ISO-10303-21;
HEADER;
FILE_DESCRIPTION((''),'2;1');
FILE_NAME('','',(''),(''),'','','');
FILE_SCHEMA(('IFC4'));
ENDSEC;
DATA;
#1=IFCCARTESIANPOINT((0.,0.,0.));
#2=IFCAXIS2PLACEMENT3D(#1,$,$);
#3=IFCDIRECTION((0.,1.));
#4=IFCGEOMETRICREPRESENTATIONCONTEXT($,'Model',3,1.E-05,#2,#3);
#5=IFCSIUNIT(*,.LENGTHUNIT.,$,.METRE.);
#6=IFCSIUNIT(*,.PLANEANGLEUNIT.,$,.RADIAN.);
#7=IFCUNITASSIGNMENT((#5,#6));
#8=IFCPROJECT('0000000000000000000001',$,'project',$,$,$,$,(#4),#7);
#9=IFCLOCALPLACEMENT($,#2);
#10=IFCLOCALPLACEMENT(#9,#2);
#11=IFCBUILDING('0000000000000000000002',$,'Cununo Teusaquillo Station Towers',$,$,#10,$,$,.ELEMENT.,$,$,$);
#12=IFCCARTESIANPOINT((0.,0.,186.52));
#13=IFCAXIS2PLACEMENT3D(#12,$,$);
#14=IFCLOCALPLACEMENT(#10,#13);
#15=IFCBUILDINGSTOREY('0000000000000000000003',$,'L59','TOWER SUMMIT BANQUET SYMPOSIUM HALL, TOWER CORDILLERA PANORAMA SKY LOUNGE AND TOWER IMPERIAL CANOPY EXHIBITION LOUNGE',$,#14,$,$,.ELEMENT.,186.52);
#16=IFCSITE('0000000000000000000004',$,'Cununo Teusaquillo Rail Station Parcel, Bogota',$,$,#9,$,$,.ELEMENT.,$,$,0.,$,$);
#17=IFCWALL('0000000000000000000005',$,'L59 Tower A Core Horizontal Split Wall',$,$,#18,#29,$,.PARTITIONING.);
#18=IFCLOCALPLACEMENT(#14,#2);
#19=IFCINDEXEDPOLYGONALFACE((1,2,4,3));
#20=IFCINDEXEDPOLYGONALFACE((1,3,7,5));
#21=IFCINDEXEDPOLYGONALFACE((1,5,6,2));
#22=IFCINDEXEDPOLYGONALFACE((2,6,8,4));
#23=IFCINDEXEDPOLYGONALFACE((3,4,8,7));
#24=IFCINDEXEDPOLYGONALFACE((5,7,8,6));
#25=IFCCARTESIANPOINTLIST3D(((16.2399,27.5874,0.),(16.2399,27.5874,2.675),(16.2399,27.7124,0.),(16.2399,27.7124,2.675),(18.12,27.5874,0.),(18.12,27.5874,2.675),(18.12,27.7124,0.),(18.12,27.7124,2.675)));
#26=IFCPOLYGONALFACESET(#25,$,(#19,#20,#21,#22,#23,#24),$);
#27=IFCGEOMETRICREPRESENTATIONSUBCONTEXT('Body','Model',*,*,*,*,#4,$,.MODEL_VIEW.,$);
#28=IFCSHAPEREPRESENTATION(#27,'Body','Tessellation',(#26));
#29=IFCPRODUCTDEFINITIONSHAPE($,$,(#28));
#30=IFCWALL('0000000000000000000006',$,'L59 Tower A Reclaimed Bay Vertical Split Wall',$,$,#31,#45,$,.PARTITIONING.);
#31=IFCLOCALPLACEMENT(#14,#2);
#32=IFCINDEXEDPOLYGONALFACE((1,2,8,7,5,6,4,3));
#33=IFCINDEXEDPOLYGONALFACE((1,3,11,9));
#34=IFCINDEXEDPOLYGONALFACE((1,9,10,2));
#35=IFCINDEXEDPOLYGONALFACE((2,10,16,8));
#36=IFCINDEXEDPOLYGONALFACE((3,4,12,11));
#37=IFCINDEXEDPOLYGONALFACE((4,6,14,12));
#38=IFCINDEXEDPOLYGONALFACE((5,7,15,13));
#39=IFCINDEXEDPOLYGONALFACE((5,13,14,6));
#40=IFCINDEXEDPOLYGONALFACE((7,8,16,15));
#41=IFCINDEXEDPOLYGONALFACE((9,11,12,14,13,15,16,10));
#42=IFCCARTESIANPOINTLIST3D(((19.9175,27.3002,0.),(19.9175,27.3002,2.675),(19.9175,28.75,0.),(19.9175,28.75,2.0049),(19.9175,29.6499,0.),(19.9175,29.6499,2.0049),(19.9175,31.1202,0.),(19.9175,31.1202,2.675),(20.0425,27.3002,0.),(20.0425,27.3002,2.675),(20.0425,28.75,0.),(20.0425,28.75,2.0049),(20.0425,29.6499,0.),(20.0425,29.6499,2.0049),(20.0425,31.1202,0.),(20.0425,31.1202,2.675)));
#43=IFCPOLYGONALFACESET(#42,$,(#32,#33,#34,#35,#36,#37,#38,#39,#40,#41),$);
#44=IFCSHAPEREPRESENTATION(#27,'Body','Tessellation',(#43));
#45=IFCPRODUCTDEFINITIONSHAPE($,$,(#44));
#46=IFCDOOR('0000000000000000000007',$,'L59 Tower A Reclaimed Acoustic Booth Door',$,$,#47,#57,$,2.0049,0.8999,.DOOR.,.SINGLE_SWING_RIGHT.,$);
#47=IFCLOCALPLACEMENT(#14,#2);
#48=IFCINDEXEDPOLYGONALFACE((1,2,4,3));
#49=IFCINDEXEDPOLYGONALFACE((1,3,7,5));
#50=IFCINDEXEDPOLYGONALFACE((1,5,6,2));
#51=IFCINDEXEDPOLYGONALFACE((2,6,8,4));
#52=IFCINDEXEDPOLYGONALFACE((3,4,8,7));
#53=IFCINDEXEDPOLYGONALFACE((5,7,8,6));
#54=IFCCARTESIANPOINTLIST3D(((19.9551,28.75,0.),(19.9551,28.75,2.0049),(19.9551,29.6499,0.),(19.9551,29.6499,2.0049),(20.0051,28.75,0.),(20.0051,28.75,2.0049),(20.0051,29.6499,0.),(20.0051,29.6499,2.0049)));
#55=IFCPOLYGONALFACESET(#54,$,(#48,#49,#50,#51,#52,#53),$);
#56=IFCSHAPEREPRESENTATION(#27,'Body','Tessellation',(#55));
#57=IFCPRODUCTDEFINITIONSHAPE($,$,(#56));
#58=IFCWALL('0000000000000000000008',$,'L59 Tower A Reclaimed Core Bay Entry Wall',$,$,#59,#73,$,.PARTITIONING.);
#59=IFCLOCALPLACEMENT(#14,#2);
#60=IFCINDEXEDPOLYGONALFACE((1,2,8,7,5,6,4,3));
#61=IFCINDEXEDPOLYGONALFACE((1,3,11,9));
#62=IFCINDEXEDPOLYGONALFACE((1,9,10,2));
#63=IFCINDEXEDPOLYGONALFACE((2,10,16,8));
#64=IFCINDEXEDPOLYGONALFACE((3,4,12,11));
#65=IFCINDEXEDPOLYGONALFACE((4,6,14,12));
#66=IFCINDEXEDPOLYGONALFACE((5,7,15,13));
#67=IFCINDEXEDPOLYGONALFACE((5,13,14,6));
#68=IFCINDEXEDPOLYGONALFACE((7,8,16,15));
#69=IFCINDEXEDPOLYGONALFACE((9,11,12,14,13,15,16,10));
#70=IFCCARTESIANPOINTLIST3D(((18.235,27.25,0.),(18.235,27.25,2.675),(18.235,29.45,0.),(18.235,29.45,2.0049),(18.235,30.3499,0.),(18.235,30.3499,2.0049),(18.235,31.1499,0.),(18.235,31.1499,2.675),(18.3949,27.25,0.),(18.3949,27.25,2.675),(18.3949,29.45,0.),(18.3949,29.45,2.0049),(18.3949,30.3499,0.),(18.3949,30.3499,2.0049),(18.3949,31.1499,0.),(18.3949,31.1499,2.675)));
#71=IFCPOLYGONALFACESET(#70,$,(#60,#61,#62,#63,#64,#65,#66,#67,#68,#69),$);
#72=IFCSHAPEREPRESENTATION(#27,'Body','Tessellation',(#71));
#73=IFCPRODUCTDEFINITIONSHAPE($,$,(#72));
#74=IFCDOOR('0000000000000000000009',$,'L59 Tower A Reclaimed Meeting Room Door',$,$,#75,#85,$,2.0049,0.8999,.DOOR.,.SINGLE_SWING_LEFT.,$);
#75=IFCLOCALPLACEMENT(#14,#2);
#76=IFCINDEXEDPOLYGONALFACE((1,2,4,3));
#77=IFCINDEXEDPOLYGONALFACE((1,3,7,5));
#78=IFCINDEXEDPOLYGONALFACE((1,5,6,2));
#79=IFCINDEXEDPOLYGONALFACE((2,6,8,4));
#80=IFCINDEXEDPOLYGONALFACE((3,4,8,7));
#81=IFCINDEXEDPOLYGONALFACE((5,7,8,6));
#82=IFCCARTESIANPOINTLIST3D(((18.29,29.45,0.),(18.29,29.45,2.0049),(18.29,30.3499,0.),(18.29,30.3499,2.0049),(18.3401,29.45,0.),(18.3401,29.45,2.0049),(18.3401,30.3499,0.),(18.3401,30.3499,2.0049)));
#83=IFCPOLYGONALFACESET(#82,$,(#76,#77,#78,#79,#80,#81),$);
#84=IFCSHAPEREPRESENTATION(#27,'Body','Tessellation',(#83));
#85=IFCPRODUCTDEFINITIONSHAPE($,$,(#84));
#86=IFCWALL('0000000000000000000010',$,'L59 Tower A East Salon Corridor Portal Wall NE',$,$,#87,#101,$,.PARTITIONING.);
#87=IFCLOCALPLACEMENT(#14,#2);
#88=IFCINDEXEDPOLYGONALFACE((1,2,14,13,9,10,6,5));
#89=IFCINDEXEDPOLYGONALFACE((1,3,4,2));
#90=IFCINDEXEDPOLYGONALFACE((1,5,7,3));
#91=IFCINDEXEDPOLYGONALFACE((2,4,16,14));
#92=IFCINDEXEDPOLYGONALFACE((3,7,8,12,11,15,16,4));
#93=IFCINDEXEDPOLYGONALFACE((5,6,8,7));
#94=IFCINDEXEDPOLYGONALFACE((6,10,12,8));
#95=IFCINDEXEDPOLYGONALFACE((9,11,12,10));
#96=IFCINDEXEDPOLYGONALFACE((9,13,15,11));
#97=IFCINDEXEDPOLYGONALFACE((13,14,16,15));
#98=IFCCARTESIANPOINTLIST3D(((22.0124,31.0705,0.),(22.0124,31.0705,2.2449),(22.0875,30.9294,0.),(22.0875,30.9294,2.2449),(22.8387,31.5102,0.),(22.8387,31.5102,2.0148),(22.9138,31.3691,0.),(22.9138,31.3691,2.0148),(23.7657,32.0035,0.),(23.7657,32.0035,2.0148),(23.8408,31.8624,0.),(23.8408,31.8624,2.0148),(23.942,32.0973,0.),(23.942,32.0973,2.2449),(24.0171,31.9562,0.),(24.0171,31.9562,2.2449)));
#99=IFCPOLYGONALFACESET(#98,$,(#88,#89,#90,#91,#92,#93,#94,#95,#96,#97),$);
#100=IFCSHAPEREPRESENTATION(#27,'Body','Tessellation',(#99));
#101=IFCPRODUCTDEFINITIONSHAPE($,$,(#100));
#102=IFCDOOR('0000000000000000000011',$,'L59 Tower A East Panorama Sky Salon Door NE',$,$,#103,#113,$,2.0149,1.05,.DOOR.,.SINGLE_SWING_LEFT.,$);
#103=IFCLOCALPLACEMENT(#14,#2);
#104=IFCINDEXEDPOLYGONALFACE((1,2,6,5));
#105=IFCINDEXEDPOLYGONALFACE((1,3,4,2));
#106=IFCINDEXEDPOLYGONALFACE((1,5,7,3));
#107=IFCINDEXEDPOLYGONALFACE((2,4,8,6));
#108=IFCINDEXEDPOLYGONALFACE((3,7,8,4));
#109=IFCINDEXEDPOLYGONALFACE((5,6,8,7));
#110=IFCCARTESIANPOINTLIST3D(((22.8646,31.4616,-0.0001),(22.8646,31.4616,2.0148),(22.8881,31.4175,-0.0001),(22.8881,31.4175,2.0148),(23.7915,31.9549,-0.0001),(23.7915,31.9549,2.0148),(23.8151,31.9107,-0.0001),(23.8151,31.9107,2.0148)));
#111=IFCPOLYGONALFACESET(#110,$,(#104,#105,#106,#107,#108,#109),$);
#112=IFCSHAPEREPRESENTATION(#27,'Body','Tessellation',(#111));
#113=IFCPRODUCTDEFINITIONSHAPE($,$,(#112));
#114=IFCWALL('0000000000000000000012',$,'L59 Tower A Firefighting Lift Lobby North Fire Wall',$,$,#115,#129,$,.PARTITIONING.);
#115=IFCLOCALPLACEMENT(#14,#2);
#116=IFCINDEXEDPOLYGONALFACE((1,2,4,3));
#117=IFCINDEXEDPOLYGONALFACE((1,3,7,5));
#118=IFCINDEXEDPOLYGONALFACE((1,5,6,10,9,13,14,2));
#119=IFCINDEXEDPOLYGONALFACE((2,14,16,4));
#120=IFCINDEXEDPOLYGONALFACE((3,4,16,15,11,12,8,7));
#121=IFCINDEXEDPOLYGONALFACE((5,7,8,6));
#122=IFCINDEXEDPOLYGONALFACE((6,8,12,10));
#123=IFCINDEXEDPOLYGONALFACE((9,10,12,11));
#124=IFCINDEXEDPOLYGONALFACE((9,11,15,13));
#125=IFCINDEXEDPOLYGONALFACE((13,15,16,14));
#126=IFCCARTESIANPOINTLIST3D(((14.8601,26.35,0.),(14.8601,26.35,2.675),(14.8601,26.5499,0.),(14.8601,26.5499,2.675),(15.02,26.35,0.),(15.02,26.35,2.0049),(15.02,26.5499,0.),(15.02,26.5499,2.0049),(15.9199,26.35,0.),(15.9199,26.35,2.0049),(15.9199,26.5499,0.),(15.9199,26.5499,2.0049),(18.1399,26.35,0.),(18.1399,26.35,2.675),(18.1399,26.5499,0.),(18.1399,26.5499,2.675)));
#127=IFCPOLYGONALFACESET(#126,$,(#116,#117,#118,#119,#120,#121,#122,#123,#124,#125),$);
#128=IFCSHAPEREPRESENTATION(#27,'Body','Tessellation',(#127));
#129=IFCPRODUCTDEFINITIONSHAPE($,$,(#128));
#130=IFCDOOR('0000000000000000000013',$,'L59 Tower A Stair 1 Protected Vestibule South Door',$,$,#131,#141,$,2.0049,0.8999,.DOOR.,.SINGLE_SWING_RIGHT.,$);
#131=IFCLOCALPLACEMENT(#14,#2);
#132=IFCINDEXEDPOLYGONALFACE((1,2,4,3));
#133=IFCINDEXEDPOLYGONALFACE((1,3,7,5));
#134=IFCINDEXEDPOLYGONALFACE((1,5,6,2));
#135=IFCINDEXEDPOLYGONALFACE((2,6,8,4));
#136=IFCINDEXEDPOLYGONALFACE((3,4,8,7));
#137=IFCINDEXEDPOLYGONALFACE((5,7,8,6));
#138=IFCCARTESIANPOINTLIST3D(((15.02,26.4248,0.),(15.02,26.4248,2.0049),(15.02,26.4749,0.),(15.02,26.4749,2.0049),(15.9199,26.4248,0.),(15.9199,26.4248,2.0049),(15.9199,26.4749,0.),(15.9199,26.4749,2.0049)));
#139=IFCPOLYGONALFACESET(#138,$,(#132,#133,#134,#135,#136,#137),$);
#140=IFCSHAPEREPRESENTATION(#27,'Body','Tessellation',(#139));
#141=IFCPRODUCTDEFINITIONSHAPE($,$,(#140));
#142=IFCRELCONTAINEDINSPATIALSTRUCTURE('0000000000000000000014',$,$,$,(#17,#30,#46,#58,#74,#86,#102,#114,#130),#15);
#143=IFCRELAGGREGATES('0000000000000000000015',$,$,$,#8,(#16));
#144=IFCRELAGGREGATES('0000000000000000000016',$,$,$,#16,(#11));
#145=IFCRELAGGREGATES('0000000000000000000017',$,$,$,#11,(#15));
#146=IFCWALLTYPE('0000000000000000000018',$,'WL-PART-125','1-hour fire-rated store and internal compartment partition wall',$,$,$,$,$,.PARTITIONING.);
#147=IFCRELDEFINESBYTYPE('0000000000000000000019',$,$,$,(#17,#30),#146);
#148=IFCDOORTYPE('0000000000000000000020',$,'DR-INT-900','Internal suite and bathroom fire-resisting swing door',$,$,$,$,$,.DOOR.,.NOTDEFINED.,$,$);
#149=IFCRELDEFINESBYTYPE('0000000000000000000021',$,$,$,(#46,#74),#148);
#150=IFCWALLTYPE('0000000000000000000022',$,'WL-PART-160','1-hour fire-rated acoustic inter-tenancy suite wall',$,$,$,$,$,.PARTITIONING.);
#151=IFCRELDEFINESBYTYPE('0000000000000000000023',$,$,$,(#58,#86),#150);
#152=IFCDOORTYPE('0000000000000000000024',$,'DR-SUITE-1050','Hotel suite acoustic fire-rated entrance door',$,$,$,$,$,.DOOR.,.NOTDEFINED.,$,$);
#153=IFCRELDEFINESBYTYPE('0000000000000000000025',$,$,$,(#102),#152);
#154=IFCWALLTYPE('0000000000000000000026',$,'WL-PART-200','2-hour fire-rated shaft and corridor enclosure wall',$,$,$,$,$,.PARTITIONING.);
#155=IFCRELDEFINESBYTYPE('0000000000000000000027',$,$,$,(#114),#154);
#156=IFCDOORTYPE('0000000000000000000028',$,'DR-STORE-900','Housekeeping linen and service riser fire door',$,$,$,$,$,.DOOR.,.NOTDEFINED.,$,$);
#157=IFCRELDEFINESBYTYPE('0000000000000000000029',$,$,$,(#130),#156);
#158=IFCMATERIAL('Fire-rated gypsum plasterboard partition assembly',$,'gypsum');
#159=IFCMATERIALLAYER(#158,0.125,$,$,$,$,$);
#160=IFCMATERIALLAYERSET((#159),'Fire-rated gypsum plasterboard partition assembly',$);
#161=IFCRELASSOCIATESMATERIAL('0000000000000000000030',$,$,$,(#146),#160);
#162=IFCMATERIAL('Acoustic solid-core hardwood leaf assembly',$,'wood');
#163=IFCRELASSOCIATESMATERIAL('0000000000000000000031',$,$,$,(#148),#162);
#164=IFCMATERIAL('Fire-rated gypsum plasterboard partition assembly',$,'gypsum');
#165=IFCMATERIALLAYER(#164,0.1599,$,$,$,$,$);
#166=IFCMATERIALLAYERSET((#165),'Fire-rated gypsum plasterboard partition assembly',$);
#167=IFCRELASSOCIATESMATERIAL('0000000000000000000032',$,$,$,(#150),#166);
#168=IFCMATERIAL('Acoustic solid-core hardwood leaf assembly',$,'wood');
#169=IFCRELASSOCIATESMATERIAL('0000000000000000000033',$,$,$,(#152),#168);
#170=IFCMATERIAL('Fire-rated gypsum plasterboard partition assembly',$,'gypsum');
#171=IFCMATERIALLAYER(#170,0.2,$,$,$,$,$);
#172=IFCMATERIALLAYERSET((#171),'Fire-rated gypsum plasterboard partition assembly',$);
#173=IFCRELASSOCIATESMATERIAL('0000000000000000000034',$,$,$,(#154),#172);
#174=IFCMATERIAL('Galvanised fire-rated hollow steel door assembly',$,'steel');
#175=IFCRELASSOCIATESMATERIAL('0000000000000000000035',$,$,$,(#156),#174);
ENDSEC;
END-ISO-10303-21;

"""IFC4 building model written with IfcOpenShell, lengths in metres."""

from ifc_helpers import new_model, si_unit, direction, frame, frame_2d, origin, place, context, subcontext, project, spatial, rectangle, extrude, source, transform, mapped, material, layer, layer_set, type_object, element, fill, save


model = new_model("IFC4")

# Units and contexts
model_context = context("Model", 3, precision=1e-05, world=origin(), true_north=direction((0.0, 1.0)))
body_context = subcontext(model_context, "Body", "Model", "MODEL_VIEW")
ifc_project = project(units=[si_unit("LENGTHUNIT", "METRE"), si_unit("PLANEANGLEUNIT", "RADIAN")], contexts=[model_context])

# Site, building, storey
site_placement = place(None, origin())
site = spatial("IfcSite", under=ifc_project, at=site_placement, Name="Cununo Teusaquillo Rail Station Parcel, Bogota", CompositionType="ELEMENT", RefElevation=0.0)
building_placement = place(site_placement, origin())
building = spatial("IfcBuilding", under=site, at=building_placement, Name="Cununo Teusaquillo Station Towers", CompositionType="ELEMENT")
storey_placement = place(building_placement, frame((0.0, 0.0, 186.52)))
storey = spatial("IfcBuildingStorey", under=building, at=storey_placement, Name="L59", Description="TOWER SUMMIT BANQUET SYMPOSIUM HALL, TOWER CORDILLERA PANORAMA SKY LOUNGE AND TOWER IMPERIAL CANOPY EXHIBITION LOUNGE", CompositionType="ELEMENT", Elevation=186.52)

# Wall
ifc_material_1 = material(Name="Fire-rated gypsum plasterboard partition assembly", Category="gypsum")
ifc_layer_1 = layer(ifc_material_1, 0.125)
ifc_layer_set_1 = layer_set([ifc_layer_1], Name="Fire-rated gypsum plasterboard partition assembly")
wall_type_1 = type_object("IfcWallType", Name="WL-PART-125", Description="1-hour fire-rated store and internal compartment partition wall", PredefinedType="PARTITIONING", material=ifc_layer_set_1)
wall_1_placement = place(storey_placement, frame((16.24, 27.6499, 0.0), z_axis=(0.0, 0.0, 1.0), x_axis=(1.0, 0.0, 0.0)))
element("IfcWall", 1, at=wall_1_placement, inside=storey, type_object=wall_type_1, Name="L59 Tower A Core Horizontal Split Wall", PredefinedType="PARTITIONING", context=body_context, shape_type="SweptSolid", body=[
    extrude(rectangle(XDim=1.8801, YDim=0.125, at=frame_2d((0.9399, 0.0))), origin(), (0.0, 0.0, 1.0), 2.675),
])

# Walls, openings, doors
wall_2_placement = place(storey_placement, frame((19.98, 27.3, 0.0), z_axis=(0.0, 0.0, 1.0), x_axis=(0.0, 1.0, 0.0)))
wall_2 = element("IfcWall", 2, at=wall_2_placement, inside=storey, type_object=wall_type_1, Name="L59 Tower A Reclaimed Bay Vertical Split Wall", PredefinedType="PARTITIONING", context=body_context, shape_type="SweptSolid", body=[
    extrude(rectangle(XDim=3.8201, YDim=0.125, at=frame_2d((1.9102, 0.0))), origin(), (0.0, 0.0, 1.0), 2.675),
])
shared_shape_1 = source(origin(), body_context, "Body", "SweptSolid", [
    extrude(rectangle(XDim=0.8999, YDim=2.0049, at=frame_2d((0.45, 1.0024))), frame((0.0, 0.0725, 0.0), z_axis=(0.0, -1.0, 0.0), x_axis=(1.0, 0.0, 0.0)), (0.0, 0.0, 1.0), 0.145),
])
opening_1_placement = place(wall_2_placement, frame((1.45, 0.0, 0.0)))
opening_1 = element("IfcOpeningElement", 3, at=opening_1_placement, cuts=wall_2, PredefinedType="OPENING", context=body_context, shape_type="MappedRepresentation", body=[
    mapped(shared_shape_1, transform((0.0, 0.0, 0.0), x_axis=(1.0, 0.0, 0.0), y_axis=(0.0, 1.0, 0.0), z_axis=(0.0, 0.0, 1.0), scale=1.0)),
])
ifc_material_2 = material(Name="Acoustic solid-core hardwood leaf assembly", Category="wood")
door_type_1 = type_object("IfcDoorType", Name="DR-INT-900", Description="Internal suite and bathroom fire-resisting swing door", OperationType="NOTDEFINED", PredefinedType="DOOR", material=ifc_material_2)
shared_shape_2 = source(origin(), body_context, "Body", "SweptSolid", [
    extrude(rectangle(XDim=0.8999, YDim=2.0049, at=frame_2d((0.45, 1.0024))), frame((0.0, 0.0249, 0.0), z_axis=(0.0, -1.0, 0.0), x_axis=(1.0, 0.0, 0.0)), (0.0, 0.0, 1.0), 0.05),
])
door_1_placement = place(opening_1_placement, origin())
door_1 = element("IfcDoor", 4, at=door_1_placement, inside=storey, type_object=door_type_1, Name="L59 Tower A Reclaimed Acoustic Booth Door", OperationType="SINGLE_SWING_RIGHT", OverallHeight=2.0049, OverallWidth=0.8999, PredefinedType="DOOR", context=body_context, shape_type="MappedRepresentation", body=[
    mapped(shared_shape_2, transform((0.0, 0.0, 0.0), x_axis=(1.0, 0.0, 0.0), y_axis=(0.0, 1.0, 0.0), z_axis=(0.0, 0.0, 1.0), scale=1.0)),
])
fill(opening_1, door_1)
ifc_material_3 = material(Name="Fire-rated gypsum plasterboard partition assembly", Category="gypsum")
ifc_layer_2 = layer(ifc_material_3, 0.1599)
ifc_layer_set_2 = layer_set([ifc_layer_2], Name="Fire-rated gypsum plasterboard partition assembly")
wall_type_2 = type_object("IfcWallType", Name="WL-PART-160", Description="1-hour fire-rated acoustic inter-tenancy suite wall", PredefinedType="PARTITIONING", material=ifc_layer_set_2)
wall_3_placement = place(storey_placement, frame((18.3149, 27.25, 0.0), z_axis=(0.0, 0.0, 1.0), x_axis=(0.0, 1.0, 0.0)))
wall_3 = element("IfcWall", 5, at=wall_3_placement, inside=storey, type_object=wall_type_2, Name="L59 Tower A Reclaimed Core Bay Entry Wall", PredefinedType="PARTITIONING", context=body_context, shape_type="SweptSolid", body=[
    extrude(rectangle(XDim=3.8999, YDim=0.1599, at=frame_2d((1.95, 0.0))), origin(), (0.0, 0.0, 1.0), 2.675),
])
shared_shape_3 = source(origin(), body_context, "Body", "SweptSolid", [
    extrude(rectangle(XDim=0.8999, YDim=2.0049, at=frame_2d((0.45, 1.0024))), frame((0.0, 0.0898, 0.0), z_axis=(0.0, -1.0, 0.0), x_axis=(1.0, 0.0, 0.0)), (0.0, 0.0, 1.0), 0.1799),
])
opening_2_placement = place(wall_3_placement, frame((2.2, 0.0, 0.0)))
opening_2 = element("IfcOpeningElement", 6, at=opening_2_placement, cuts=wall_3, PredefinedType="OPENING", context=body_context, shape_type="MappedRepresentation", body=[
    mapped(shared_shape_3, transform((0.0, 0.0, 0.0), x_axis=(1.0, 0.0, 0.0), y_axis=(0.0, 1.0, 0.0), z_axis=(0.0, 0.0, 1.0), scale=1.0)),
])
door_2_placement = place(opening_2_placement, origin())
door_2 = element("IfcDoor", 7, at=door_2_placement, inside=storey, type_object=door_type_1, Name="L59 Tower A Reclaimed Meeting Room Door", OperationType="SINGLE_SWING_LEFT", OverallHeight=2.0049, OverallWidth=0.8999, PredefinedType="DOOR", context=body_context, shape_type="MappedRepresentation", body=[
    mapped(shared_shape_2, transform((0.0, 0.0, 0.0), x_axis=(1.0, 0.0, 0.0), y_axis=(0.0, 1.0, 0.0), z_axis=(0.0, 0.0, 1.0), scale=1.0)),
])
fill(opening_2, door_2)
wall_4_placement = place(storey_placement, frame((22.05, 31.0, 0.0), z_axis=(0.0, 0.0, 1.0), x_axis=(0.882792, 0.469765, 0.0)))
wall_4 = element("IfcWall", 8, at=wall_4_placement, inside=storey, type_object=wall_type_2, Name="L59 Tower A East Salon Corridor Portal Wall NE", PredefinedType="PARTITIONING", context=body_context, shape_type="SweptSolid", body=[
    extrude(rectangle(XDim=2.1858, YDim=0.1599, at=frame_2d((1.0928, 0.0))), origin(), (0.0, 0.0, 1.0), 2.2449),
])
shared_shape_4 = source(origin(), body_context, "Body", "SweptSolid", [
    extrude(rectangle(XDim=1.05, YDim=2.0149, at=frame_2d((0.5249, 1.0073))), frame((0.0, 0.0898, 0.0), z_axis=(0.0, -1.0, 0.0), x_axis=(1.0, 0.0, 0.0)), (0.0, 0.0, 1.0), 0.1799),
])
opening_3_placement = place(wall_4_placement, frame((0.936, 0.0, 0.0)))
opening_3 = element("IfcOpeningElement", 9, at=opening_3_placement, cuts=wall_4, PredefinedType="OPENING", context=body_context, shape_type="MappedRepresentation", body=[
    mapped(shared_shape_4, transform((0.0, 0.0, 0.0), x_axis=(1.0, 0.0, 0.0), y_axis=(0.0, 1.0, 0.0), z_axis=(0.0, 0.0, 1.0), scale=1.0)),
])
ifc_material_4 = material(Name="Acoustic solid-core hardwood leaf assembly", Category="wood")
door_type_2 = type_object("IfcDoorType", Name="DR-SUITE-1050", Description="Hotel suite acoustic fire-rated entrance door", OperationType="NOTDEFINED", PredefinedType="DOOR", material=ifc_material_4)
shared_shape_5 = source(origin(), body_context, "Body", "SweptSolid", [
    extrude(rectangle(XDim=1.05, YDim=2.0149, at=frame_2d((0.5249, 1.0073))), frame((0.0, 0.0249, 0.0), z_axis=(0.0, -1.0, 0.0), x_axis=(1.0, 0.0, 0.0)), (0.0, 0.0, 1.0), 0.05),
])
door_3_placement = place(opening_3_placement, origin())
door_3 = element("IfcDoor", 10, at=door_3_placement, inside=storey, type_object=door_type_2, Name="L59 Tower A East Panorama Sky Salon Door NE", OperationType="SINGLE_SWING_LEFT", OverallHeight=2.0149, OverallWidth=1.05, PredefinedType="DOOR", context=body_context, shape_type="MappedRepresentation", body=[
    mapped(shared_shape_5, transform((0.0, 0.0, 0.0), x_axis=(1.0, 0.0, 0.0), y_axis=(0.0, 1.0, 0.0), z_axis=(0.0, 0.0, 1.0), scale=1.0)),
])
fill(opening_3, door_3)
ifc_material_5 = material(Name="Fire-rated gypsum plasterboard partition assembly", Category="gypsum")
ifc_layer_3 = layer(ifc_material_5, 0.2)
ifc_layer_set_3 = layer_set([ifc_layer_3], Name="Fire-rated gypsum plasterboard partition assembly")
wall_type_3 = type_object("IfcWallType", Name="WL-PART-200", Description="2-hour fire-rated shaft and corridor enclosure wall", PredefinedType="PARTITIONING", material=ifc_layer_set_3)
wall_5_placement = place(storey_placement, frame((14.8601, 26.45, 0.0), z_axis=(0.0, 0.0, 1.0), x_axis=(1.0, 0.0, 0.0)))
wall_5 = element("IfcWall", 11, at=wall_5_placement, inside=storey, type_object=wall_type_3, Name="L59 Tower A Firefighting Lift Lobby North Fire Wall", PredefinedType="PARTITIONING", context=body_context, shape_type="SweptSolid", body=[
    extrude(rectangle(XDim=3.2798, YDim=0.2, at=frame_2d((1.6399, 0.0))), origin(), (0.0, 0.0, 1.0), 2.675),
])
shared_shape_6 = source(origin(), body_context, "Body", "SweptSolid", [
    extrude(rectangle(XDim=0.8999, YDim=2.0049, at=frame_2d((0.45, 1.0024))), frame((0.0, 0.1099, 0.0), z_axis=(0.0, -1.0, 0.0), x_axis=(1.0, 0.0, 0.0)), (0.0, 0.0, 1.0), 0.22),
])
opening_4_placement = place(wall_5_placement, frame((0.1599, 0.0, 0.0)))
opening_4 = element("IfcOpeningElement", 12, at=opening_4_placement, cuts=wall_5, PredefinedType="OPENING", context=body_context, shape_type="MappedRepresentation", body=[
    mapped(shared_shape_6, transform((0.0, 0.0, 0.0), x_axis=(1.0, 0.0, 0.0), y_axis=(0.0, 1.0, 0.0), z_axis=(0.0, 0.0, 1.0), scale=1.0)),
])
ifc_material_6 = material(Name="Galvanised fire-rated hollow steel door assembly", Category="steel")
door_type_3 = type_object("IfcDoorType", Name="DR-STORE-900", Description="Housekeeping linen and service riser fire door", OperationType="NOTDEFINED", PredefinedType="DOOR", material=ifc_material_6)
door_4_placement = place(opening_4_placement, origin())
door_4 = element("IfcDoor", 13, at=door_4_placement, inside=storey, type_object=door_type_3, Name="L59 Tower A Stair 1 Protected Vestibule South Door", OperationType="SINGLE_SWING_RIGHT", OverallHeight=2.0049, OverallWidth=0.8999, PredefinedType="DOOR", context=body_context, shape_type="MappedRepresentation", body=[
    mapped(shared_shape_2, transform((0.0, 0.0, 0.0), x_axis=(1.0, 0.0, 0.0), y_axis=(0.0, 1.0, 0.0), z_axis=(0.0, 0.0, 1.0), scale=1.0)),
])
fill(opening_4, door_4)

save(model, "model.ifc")
